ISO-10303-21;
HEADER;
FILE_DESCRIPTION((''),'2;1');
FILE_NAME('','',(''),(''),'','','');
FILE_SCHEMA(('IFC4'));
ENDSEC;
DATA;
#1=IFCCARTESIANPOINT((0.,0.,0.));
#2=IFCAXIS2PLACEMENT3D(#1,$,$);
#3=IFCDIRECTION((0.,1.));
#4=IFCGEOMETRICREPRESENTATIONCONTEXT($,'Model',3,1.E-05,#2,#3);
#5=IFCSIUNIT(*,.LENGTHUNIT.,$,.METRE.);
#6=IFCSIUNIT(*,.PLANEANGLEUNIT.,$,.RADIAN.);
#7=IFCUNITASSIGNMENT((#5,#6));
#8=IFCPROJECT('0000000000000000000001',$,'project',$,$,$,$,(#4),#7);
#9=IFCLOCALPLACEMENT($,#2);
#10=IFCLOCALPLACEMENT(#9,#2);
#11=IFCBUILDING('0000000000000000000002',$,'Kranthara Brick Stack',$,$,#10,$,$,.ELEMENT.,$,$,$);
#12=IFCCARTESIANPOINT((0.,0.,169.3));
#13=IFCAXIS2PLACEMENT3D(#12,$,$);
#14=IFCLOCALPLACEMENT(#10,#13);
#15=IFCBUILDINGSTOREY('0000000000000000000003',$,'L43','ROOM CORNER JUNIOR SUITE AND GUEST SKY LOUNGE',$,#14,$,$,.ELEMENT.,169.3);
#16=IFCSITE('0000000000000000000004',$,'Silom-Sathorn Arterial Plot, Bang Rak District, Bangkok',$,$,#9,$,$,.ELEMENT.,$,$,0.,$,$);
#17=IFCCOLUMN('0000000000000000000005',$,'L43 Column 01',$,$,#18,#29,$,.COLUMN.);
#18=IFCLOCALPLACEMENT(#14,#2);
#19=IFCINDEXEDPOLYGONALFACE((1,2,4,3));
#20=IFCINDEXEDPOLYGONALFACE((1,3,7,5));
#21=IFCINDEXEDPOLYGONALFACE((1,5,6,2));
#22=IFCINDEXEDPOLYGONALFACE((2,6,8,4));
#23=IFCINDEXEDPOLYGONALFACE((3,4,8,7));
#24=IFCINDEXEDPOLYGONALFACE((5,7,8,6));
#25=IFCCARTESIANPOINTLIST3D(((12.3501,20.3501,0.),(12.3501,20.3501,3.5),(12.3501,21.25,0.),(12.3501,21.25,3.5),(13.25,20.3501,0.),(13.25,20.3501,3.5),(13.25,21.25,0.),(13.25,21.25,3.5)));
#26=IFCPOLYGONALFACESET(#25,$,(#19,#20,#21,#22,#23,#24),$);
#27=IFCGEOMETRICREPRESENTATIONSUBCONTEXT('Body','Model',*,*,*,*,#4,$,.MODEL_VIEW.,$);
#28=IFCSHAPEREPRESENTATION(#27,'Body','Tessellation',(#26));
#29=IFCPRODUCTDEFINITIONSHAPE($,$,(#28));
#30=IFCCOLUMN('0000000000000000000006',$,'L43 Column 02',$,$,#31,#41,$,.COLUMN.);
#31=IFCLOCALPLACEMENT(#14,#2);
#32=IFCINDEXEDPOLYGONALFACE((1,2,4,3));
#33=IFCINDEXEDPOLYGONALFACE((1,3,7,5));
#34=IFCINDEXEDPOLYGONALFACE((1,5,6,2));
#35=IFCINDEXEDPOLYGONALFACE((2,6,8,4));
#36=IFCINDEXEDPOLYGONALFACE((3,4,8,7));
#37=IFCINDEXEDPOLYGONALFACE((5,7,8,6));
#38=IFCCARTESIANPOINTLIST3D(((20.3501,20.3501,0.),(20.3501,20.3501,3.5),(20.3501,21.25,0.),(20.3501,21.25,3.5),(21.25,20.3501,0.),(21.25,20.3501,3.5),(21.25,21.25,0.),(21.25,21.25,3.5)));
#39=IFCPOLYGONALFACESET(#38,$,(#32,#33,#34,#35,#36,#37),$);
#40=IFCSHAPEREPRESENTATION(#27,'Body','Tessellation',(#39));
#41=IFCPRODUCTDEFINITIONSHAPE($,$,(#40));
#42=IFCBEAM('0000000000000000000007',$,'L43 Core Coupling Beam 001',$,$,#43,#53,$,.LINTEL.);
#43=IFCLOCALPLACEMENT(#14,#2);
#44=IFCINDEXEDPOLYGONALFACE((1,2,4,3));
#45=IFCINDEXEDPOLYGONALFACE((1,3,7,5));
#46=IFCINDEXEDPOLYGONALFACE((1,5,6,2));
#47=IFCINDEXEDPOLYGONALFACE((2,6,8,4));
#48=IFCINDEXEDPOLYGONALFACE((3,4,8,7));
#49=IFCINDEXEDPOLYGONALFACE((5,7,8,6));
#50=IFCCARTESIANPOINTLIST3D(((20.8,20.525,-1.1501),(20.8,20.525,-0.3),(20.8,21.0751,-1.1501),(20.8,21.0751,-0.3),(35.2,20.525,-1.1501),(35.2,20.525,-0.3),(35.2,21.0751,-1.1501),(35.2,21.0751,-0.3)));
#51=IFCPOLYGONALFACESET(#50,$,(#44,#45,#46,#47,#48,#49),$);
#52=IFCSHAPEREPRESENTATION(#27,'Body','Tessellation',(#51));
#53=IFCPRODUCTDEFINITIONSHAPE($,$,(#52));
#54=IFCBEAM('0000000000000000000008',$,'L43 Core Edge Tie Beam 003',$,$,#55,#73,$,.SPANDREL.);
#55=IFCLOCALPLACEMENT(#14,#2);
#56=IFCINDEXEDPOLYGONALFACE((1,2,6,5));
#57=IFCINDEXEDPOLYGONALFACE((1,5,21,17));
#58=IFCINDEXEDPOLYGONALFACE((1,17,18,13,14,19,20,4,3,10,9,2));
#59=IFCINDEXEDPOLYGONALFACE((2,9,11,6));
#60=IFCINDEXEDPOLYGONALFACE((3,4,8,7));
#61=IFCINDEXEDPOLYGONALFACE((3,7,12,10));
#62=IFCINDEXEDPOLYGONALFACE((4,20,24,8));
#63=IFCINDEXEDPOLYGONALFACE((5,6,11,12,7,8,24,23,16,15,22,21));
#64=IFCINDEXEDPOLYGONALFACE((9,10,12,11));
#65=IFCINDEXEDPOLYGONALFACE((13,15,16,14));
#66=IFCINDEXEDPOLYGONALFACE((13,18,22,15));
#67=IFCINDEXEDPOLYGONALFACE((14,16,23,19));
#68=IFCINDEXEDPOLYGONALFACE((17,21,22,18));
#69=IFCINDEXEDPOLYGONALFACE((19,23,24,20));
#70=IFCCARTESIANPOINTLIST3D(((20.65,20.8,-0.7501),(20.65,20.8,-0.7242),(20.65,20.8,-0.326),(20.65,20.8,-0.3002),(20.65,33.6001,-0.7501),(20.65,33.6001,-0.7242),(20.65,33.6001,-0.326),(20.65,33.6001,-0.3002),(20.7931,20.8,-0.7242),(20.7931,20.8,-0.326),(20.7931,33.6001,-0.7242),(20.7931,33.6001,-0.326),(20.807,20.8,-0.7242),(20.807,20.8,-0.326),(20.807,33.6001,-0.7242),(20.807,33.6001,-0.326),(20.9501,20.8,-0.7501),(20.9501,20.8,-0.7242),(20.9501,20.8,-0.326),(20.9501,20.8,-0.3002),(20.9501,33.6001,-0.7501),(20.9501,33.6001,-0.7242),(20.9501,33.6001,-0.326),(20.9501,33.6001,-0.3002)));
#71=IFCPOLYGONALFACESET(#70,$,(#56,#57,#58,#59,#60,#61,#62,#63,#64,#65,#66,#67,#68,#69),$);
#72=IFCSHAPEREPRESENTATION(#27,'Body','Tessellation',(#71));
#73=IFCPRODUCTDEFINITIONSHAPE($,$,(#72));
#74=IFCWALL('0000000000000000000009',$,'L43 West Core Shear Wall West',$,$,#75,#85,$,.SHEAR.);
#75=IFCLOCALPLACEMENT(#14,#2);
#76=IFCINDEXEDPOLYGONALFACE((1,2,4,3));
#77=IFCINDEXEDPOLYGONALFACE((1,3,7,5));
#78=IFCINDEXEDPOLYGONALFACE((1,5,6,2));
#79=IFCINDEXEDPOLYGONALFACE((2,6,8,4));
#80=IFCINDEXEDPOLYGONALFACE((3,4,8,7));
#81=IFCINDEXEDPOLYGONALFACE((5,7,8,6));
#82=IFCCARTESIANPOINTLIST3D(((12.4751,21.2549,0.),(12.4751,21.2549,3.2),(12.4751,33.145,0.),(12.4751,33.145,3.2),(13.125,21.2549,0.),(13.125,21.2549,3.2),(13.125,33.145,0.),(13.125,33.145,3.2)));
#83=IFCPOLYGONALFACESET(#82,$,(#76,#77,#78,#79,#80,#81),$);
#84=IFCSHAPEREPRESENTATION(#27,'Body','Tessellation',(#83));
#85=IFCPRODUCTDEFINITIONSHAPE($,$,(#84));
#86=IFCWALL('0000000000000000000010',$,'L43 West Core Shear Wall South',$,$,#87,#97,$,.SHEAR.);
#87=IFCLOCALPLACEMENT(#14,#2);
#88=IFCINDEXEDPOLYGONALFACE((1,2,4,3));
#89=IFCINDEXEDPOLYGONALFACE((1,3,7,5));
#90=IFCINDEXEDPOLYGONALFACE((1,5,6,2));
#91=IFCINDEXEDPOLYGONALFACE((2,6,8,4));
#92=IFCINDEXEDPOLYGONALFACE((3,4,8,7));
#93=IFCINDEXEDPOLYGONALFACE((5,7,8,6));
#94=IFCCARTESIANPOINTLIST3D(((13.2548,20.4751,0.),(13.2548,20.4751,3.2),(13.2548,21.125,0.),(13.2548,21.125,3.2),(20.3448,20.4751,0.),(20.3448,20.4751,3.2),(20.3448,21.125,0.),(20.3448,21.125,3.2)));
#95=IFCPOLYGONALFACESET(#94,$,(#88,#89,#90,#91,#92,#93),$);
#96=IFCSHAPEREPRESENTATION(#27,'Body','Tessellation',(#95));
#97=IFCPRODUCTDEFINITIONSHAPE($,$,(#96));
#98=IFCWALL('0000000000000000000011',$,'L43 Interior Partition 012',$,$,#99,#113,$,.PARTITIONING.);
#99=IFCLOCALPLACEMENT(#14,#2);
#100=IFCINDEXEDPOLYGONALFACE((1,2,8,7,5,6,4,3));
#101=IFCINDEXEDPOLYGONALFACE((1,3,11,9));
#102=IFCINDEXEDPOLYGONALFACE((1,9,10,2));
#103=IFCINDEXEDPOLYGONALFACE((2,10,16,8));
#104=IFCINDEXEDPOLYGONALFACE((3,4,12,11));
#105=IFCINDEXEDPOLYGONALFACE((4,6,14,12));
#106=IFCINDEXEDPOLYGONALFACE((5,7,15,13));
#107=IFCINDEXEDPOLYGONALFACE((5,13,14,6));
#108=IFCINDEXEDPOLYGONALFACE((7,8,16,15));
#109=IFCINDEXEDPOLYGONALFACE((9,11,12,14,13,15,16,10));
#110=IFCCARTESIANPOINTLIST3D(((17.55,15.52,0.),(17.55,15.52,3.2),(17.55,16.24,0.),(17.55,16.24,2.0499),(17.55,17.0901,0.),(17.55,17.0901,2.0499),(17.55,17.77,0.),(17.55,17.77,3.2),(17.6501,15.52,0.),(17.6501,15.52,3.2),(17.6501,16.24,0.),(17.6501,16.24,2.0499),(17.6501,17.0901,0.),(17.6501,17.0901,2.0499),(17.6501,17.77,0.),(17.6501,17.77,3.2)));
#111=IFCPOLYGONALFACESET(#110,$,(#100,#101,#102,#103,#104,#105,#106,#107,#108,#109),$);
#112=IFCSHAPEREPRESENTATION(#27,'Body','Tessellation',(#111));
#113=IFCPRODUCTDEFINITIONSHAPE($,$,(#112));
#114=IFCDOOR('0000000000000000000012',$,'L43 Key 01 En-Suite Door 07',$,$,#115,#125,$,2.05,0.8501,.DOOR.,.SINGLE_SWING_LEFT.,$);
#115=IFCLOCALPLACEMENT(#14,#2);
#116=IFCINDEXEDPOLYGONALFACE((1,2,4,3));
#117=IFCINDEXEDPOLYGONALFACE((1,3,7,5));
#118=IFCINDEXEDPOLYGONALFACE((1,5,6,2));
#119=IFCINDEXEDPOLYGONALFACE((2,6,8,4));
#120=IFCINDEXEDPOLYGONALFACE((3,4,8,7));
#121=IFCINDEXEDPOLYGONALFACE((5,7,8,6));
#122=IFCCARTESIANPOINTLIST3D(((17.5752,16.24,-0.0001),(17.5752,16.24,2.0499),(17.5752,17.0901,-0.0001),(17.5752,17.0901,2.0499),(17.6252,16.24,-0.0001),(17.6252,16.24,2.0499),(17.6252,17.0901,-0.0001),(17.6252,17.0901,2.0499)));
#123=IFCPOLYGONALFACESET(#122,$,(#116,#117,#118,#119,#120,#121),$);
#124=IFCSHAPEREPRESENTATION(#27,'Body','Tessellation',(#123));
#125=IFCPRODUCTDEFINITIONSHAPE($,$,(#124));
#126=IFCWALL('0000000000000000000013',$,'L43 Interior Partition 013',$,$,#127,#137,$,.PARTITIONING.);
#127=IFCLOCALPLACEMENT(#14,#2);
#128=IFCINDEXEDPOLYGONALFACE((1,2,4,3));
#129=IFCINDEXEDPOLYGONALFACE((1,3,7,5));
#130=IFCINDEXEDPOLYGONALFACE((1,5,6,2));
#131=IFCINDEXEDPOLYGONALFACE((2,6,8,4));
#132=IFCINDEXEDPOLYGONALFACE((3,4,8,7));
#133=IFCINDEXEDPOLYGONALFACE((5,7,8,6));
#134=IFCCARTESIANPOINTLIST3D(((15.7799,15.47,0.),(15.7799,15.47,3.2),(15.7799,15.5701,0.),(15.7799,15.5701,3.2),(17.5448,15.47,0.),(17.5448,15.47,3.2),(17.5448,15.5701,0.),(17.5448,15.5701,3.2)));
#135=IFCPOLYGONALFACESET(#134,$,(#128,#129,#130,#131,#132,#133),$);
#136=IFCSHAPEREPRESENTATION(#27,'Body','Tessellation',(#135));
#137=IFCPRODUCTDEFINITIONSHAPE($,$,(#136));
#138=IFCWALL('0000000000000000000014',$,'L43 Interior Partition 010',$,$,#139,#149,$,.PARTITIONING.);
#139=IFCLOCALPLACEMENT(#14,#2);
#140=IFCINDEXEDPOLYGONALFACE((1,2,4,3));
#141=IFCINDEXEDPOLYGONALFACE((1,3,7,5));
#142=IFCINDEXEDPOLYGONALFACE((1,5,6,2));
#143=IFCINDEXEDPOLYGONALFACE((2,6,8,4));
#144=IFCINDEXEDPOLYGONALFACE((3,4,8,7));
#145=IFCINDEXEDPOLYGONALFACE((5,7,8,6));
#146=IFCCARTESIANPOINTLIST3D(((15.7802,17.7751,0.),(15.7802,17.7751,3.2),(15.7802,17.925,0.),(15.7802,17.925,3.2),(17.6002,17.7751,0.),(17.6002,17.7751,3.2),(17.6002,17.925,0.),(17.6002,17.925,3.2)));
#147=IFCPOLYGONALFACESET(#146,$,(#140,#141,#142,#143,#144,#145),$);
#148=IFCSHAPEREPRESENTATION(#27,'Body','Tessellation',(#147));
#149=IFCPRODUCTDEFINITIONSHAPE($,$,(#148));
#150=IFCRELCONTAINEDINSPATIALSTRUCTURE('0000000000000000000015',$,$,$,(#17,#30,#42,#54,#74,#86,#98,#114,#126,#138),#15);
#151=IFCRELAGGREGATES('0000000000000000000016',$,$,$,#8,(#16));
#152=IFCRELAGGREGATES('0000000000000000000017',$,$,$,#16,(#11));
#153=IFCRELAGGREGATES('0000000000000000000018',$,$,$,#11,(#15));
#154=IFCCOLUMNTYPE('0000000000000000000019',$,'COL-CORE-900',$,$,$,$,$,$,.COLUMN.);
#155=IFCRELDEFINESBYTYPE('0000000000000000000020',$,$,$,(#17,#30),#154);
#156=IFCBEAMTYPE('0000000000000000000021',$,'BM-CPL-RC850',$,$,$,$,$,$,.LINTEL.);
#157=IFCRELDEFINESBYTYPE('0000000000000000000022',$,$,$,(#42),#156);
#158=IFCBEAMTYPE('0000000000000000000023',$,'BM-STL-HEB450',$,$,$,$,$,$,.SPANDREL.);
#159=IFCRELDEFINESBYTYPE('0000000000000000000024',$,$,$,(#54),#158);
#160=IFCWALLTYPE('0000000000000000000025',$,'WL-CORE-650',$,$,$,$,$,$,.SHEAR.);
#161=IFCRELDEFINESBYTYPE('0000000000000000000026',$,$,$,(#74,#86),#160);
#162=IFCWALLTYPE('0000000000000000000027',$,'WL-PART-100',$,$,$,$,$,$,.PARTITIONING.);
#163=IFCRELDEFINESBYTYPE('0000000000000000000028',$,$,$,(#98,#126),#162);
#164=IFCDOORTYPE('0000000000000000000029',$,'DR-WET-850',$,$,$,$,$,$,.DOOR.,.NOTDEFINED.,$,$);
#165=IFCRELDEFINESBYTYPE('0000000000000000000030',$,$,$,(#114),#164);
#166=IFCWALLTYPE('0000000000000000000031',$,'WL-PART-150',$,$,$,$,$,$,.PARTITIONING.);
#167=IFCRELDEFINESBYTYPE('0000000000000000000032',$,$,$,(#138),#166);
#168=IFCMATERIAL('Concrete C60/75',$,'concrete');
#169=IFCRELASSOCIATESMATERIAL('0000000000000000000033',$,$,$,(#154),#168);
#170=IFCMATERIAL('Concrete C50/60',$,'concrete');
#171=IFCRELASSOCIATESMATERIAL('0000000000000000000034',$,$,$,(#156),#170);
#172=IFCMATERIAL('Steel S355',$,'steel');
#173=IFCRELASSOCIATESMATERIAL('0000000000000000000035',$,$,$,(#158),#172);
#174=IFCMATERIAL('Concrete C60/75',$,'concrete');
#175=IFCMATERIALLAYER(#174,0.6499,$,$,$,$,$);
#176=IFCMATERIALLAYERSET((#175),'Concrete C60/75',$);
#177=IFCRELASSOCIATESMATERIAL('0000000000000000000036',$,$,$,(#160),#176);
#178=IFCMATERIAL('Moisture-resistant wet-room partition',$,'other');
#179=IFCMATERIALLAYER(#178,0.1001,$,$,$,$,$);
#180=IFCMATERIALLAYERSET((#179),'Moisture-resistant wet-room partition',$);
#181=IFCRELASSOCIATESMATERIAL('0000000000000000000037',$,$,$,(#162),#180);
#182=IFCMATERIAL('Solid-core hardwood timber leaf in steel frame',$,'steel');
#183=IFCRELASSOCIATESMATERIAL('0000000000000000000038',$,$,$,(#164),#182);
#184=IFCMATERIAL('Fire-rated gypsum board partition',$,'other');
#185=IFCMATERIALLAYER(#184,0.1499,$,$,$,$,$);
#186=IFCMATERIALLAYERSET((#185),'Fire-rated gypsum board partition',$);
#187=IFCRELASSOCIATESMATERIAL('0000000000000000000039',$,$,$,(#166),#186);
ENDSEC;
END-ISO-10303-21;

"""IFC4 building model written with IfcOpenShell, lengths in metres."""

from ifc_helpers import new_model, si_unit, direction, frame, frame_2d, origin, origin_2d, place, context, subcontext, project, spatial, rectangle, i_section, extrude, material, layer, layer_set, material_profile, profile_set, type_object, element, fill, save


model = new_model("IFC4")

# Units and contexts
model_context = context("Model", 3, precision=1e-05, world=origin(), true_north=direction((0.0, 1.0)))
body_context = subcontext(model_context, "Body", "Model", "MODEL_VIEW")
ifc_project = project(units=[si_unit("LENGTHUNIT", "METRE"), si_unit("PLANEANGLEUNIT", "RADIAN")], contexts=[model_context])

# Site, building, storey
site_placement = place(None, origin())
site = spatial("IfcSite", under=ifc_project, at=site_placement, Name="Silom-Sathorn Arterial Plot, Bang Rak District, Bangkok", CompositionType="ELEMENT", RefElevation=0.0)
building_placement = place(site_placement, origin())
building = spatial("IfcBuilding", under=site, at=building_placement, Name="Kranthara Brick Stack", CompositionType="ELEMENT")
storey_placement = place(building_placement, frame((0.0, 0.0, 169.3)))
storey = spatial("IfcBuildingStorey", under=building, at=storey_placement, Name="L43", Description="ROOM CORNER JUNIOR SUITE AND GUEST SKY LOUNGE", CompositionType="ELEMENT", Elevation=169.3)

# Columns
ifc_material_1 = material(Name="Concrete C60/75", Category="concrete")
ifc_material_profile_1 = material_profile(ifc_material_1, rectangle(XDim=0.8999, YDim=0.8999, at=origin_2d()), Name="RC 900x900")
ifc_profile_set_1 = profile_set([ifc_material_profile_1], Name="Concrete C60/75")
column_type = type_object("IfcColumnType", Name="COL-CORE-900", PredefinedType="COLUMN", material=ifc_profile_set_1)
for number, where, z_axis, x_axis, name in (
    (1, (12.8, 20.8, 0.0), (0.0, 0.0, 1.0), (1.0, 0.0, 0.0), "L43 Column 01"),
    (2, (20.8, 20.8, 0.0), (0.0, 0.0, 1.0), (1.0, 0.0, 0.0), "L43 Column 02"),
):
    element("IfcColumn", number, at=place(storey_placement, frame(where, z_axis=z_axis, x_axis=x_axis)), inside=storey, type_object=column_type, Name=name, PredefinedType="COLUMN", context=body_context, shape_type="SweptSolid", body=[
        extrude(rectangle(XDim=0.8999, YDim=0.8999, at=origin_2d()), origin(), (0.0, 0.0, 1.0), 3.5),
    ])

# Beams
ifc_material_2 = material(Name="Concrete C50/60", Category="concrete")
ifc_material_profile_2 = material_profile(ifc_material_2, rectangle(XDim=0.55, YDim=0.8501, at=origin_2d()), Name="RC 550x850")
ifc_profile_set_2 = profile_set([ifc_material_profile_2], Name="Concrete C50/60")
beam_type_1 = type_object("IfcBeamType", Name="BM-CPL-RC850", PredefinedType="LINTEL", material=ifc_profile_set_2)
beam_1_placement = place(storey_placement, frame((20.8, 20.8, -0.7251), z_axis=(1.0, 0.0, 0.0), x_axis=(0.0, 1.0, 0.0)))
element("IfcBeam", 3, at=beam_1_placement, inside=storey, type_object=beam_type_1, Name="L43 Core Coupling Beam 001", PredefinedType="LINTEL", context=body_context, shape_type="SweptSolid", body=[
    extrude(rectangle(XDim=0.55, YDim=0.8501, at=origin_2d()), origin(), (0.0, 0.0, 1.0), 14.3999),
])
ifc_material_3 = material(Name="Steel S355", Category="steel")
ifc_material_profile_3 = material_profile(ifc_material_3, i_section(OverallWidth=0.3, OverallDepth=0.45, WebThickness=0.0139, FlangeThickness=0.0259, at=origin_2d()), Name="HEB 450")
ifc_profile_set_3 = profile_set([ifc_material_profile_3], Name="Steel S355")
beam_type_2 = type_object("IfcBeamType", Name="BM-STL-HEB450", PredefinedType="SPANDREL", material=ifc_profile_set_3)
beam_2_placement = place(storey_placement, frame((20.8, 20.8, -0.5251), z_axis=(0.0, 1.0, 0.0), x_axis=(-1.0, 0.0, 0.0)))
element("IfcBeam", 4, at=beam_2_placement, inside=storey, type_object=beam_type_2, Name="L43 Core Edge Tie Beam 003", PredefinedType="SPANDREL", context=body_context, shape_type="SweptSolid", body=[
    extrude(i_section(OverallWidth=0.3, OverallDepth=0.45, WebThickness=0.0139, FlangeThickness=0.0259, at=origin_2d()), origin(), (0.0, 0.0, 1.0), 12.8),
])

# Walls
ifc_material_4 = material(Name="Concrete C60/75", Category="concrete")
ifc_layer_1 = layer(ifc_material_4, 0.6499)
ifc_layer_set_1 = layer_set([ifc_layer_1], Name="Concrete C60/75")
wall_type_1 = type_object("IfcWallType", Name="WL-CORE-650", PredefinedType="SHEAR", material=ifc_layer_set_1)
wall_1_placement = place(storey_placement, frame((12.8, 21.2549, 0.0), z_axis=(0.0, 0.0, 1.0), x_axis=(0.0, 1.0, 0.0)))
element("IfcWall", 5, at=wall_1_placement, inside=storey, type_object=wall_type_1, Name="L43 West Core Shear Wall West", PredefinedType="SHEAR", context=body_context, shape_type="SweptSolid", body=[
    extrude(rectangle(XDim=11.8901, YDim=0.6499, at=frame_2d((5.9451, 0.0))), origin(), (0.0, 0.0, 1.0), 3.2),
])
wall_2_placement = place(storey_placement, frame((13.2549, 20.8, 0.0), z_axis=(0.0, 0.0, 1.0), x_axis=(1.0, 0.0, 0.0)))
element("IfcWall", 6, at=wall_2_placement, inside=storey, type_object=wall_type_1, Name="L43 West Core Shear Wall South", PredefinedType="SHEAR", context=body_context, shape_type="SweptSolid", body=[
    extrude(rectangle(XDim=7.0901, YDim=0.6499, at=frame_2d((3.5449, 0.0))), origin(), (0.0, 0.0, 1.0), 3.2),
])

# Wall, opening, door
ifc_material_5 = material(Name="Moisture-resistant wet-room partition", Category="other")
ifc_layer_2 = layer(ifc_material_5, 0.1001)
ifc_layer_set_2 = layer_set([ifc_layer_2], Name="Moisture-resistant wet-room partition")
wall_type_2 = type_object("IfcWallType", Name="WL-PART-100", PredefinedType="PARTITIONING", material=ifc_layer_set_2)
wall_3_placement = place(storey_placement, frame((17.6001, 15.52, 0.0), z_axis=(0.0, 0.0, 1.0), x_axis=(0.0, 1.0, 0.0)))
wall_3 = element("IfcWall", 7, at=wall_3_placement, inside=storey, type_object=wall_type_2, Name="L43 Interior Partition 012", PredefinedType="PARTITIONING", context=body_context, shape_type="SweptSolid", body=[
    extrude(rectangle(XDim=2.25, YDim=0.1001, at=frame_2d((1.125, 0.0))), origin(), (0.0, 0.0, 1.0), 3.2),
])
opening_1_placement = place(wall_3_placement, frame((0.72, 0.0, 0.0)))
opening_1 = element("IfcOpeningElement", 8, at=opening_1_placement, cuts=wall_3, PredefinedType="OPENING", context=body_context, shape_type="SweptSolid", body=[
    extrude(rectangle(XDim=0.8501, YDim=2.05, at=frame_2d((0.425, 1.0249))), frame((0.0, 0.0601, 0.0), z_axis=(0.0, -1.0, 0.0), x_axis=(1.0, 0.0, 0.0)), (0.0, 0.0, 1.0), 0.1201),
])
ifc_material_6 = material(Name="Solid-core hardwood timber leaf in steel frame", Category="steel")
door_type_1 = type_object("IfcDoorType", Name="DR-WET-850", OperationType="NOTDEFINED", PredefinedType="DOOR", material=ifc_material_6)
door_1_placement = place(opening_1_placement, origin())
door_1 = element("IfcDoor", 9, at=door_1_placement, inside=storey, type_object=door_type_1, Name="L43 Key 01 En-Suite Door 07", OperationType="SINGLE_SWING_LEFT", OverallHeight=2.05, OverallWidth=0.8501, PredefinedType="DOOR", context=body_context, shape_type="SweptSolid", body=[
    extrude(rectangle(XDim=0.8501, YDim=2.05, at=frame_2d((0.425, 1.0249))), frame((0.0, 0.0249, 0.0), z_axis=(0.0, -1.0, 0.0), x_axis=(1.0, 0.0, 0.0)), (0.0, 0.0, 1.0), 0.05),
])
fill(opening_1, door_1)

# Walls
wall_4_placement = place(storey_placement, frame((15.78, 15.52, 0.0), z_axis=(0.0, 0.0, 1.0), x_axis=(1.0, 0.0, 0.0)))
element("IfcWall", 10, at=wall_4_placement, inside=storey, type_object=wall_type_2, Name="L43 Interior Partition 013", PredefinedType="PARTITIONING", context=body_context, shape_type="SweptSolid", body=[
    extrude(rectangle(XDim=1.7649, YDim=0.1001, at=frame_2d((0.8823, 0.0))), origin(), (0.0, 0.0, 1.0), 3.2),
])
ifc_material_7 = material(Name="Fire-rated gypsum board partition", Category="other")
ifc_layer_3 = layer(ifc_material_7, 0.1499)
ifc_layer_set_3 = layer_set([ifc_layer_3], Name="Fire-rated gypsum board partition")
wall_type_3 = type_object("IfcWallType", Name="WL-PART-150", PredefinedType="PARTITIONING", material=ifc_layer_set_3)
wall_5_placement = place(storey_placement, frame((15.78, 17.8501, 0.0), z_axis=(0.0, 0.0, 1.0), x_axis=(1.0, 0.0, 0.0)))
element("IfcWall", 11, at=wall_5_placement, inside=storey, type_object=wall_type_3, Name="L43 Interior Partition 010", PredefinedType="PARTITIONING", context=body_context, shape_type="SweptSolid", body=[
    extrude(rectangle(XDim=1.8201, YDim=0.1499, at=frame_2d((0.9102, 0.0))), origin(), (0.0, 0.0, 1.0), 3.2),
])

save(model, "model.ifc")
